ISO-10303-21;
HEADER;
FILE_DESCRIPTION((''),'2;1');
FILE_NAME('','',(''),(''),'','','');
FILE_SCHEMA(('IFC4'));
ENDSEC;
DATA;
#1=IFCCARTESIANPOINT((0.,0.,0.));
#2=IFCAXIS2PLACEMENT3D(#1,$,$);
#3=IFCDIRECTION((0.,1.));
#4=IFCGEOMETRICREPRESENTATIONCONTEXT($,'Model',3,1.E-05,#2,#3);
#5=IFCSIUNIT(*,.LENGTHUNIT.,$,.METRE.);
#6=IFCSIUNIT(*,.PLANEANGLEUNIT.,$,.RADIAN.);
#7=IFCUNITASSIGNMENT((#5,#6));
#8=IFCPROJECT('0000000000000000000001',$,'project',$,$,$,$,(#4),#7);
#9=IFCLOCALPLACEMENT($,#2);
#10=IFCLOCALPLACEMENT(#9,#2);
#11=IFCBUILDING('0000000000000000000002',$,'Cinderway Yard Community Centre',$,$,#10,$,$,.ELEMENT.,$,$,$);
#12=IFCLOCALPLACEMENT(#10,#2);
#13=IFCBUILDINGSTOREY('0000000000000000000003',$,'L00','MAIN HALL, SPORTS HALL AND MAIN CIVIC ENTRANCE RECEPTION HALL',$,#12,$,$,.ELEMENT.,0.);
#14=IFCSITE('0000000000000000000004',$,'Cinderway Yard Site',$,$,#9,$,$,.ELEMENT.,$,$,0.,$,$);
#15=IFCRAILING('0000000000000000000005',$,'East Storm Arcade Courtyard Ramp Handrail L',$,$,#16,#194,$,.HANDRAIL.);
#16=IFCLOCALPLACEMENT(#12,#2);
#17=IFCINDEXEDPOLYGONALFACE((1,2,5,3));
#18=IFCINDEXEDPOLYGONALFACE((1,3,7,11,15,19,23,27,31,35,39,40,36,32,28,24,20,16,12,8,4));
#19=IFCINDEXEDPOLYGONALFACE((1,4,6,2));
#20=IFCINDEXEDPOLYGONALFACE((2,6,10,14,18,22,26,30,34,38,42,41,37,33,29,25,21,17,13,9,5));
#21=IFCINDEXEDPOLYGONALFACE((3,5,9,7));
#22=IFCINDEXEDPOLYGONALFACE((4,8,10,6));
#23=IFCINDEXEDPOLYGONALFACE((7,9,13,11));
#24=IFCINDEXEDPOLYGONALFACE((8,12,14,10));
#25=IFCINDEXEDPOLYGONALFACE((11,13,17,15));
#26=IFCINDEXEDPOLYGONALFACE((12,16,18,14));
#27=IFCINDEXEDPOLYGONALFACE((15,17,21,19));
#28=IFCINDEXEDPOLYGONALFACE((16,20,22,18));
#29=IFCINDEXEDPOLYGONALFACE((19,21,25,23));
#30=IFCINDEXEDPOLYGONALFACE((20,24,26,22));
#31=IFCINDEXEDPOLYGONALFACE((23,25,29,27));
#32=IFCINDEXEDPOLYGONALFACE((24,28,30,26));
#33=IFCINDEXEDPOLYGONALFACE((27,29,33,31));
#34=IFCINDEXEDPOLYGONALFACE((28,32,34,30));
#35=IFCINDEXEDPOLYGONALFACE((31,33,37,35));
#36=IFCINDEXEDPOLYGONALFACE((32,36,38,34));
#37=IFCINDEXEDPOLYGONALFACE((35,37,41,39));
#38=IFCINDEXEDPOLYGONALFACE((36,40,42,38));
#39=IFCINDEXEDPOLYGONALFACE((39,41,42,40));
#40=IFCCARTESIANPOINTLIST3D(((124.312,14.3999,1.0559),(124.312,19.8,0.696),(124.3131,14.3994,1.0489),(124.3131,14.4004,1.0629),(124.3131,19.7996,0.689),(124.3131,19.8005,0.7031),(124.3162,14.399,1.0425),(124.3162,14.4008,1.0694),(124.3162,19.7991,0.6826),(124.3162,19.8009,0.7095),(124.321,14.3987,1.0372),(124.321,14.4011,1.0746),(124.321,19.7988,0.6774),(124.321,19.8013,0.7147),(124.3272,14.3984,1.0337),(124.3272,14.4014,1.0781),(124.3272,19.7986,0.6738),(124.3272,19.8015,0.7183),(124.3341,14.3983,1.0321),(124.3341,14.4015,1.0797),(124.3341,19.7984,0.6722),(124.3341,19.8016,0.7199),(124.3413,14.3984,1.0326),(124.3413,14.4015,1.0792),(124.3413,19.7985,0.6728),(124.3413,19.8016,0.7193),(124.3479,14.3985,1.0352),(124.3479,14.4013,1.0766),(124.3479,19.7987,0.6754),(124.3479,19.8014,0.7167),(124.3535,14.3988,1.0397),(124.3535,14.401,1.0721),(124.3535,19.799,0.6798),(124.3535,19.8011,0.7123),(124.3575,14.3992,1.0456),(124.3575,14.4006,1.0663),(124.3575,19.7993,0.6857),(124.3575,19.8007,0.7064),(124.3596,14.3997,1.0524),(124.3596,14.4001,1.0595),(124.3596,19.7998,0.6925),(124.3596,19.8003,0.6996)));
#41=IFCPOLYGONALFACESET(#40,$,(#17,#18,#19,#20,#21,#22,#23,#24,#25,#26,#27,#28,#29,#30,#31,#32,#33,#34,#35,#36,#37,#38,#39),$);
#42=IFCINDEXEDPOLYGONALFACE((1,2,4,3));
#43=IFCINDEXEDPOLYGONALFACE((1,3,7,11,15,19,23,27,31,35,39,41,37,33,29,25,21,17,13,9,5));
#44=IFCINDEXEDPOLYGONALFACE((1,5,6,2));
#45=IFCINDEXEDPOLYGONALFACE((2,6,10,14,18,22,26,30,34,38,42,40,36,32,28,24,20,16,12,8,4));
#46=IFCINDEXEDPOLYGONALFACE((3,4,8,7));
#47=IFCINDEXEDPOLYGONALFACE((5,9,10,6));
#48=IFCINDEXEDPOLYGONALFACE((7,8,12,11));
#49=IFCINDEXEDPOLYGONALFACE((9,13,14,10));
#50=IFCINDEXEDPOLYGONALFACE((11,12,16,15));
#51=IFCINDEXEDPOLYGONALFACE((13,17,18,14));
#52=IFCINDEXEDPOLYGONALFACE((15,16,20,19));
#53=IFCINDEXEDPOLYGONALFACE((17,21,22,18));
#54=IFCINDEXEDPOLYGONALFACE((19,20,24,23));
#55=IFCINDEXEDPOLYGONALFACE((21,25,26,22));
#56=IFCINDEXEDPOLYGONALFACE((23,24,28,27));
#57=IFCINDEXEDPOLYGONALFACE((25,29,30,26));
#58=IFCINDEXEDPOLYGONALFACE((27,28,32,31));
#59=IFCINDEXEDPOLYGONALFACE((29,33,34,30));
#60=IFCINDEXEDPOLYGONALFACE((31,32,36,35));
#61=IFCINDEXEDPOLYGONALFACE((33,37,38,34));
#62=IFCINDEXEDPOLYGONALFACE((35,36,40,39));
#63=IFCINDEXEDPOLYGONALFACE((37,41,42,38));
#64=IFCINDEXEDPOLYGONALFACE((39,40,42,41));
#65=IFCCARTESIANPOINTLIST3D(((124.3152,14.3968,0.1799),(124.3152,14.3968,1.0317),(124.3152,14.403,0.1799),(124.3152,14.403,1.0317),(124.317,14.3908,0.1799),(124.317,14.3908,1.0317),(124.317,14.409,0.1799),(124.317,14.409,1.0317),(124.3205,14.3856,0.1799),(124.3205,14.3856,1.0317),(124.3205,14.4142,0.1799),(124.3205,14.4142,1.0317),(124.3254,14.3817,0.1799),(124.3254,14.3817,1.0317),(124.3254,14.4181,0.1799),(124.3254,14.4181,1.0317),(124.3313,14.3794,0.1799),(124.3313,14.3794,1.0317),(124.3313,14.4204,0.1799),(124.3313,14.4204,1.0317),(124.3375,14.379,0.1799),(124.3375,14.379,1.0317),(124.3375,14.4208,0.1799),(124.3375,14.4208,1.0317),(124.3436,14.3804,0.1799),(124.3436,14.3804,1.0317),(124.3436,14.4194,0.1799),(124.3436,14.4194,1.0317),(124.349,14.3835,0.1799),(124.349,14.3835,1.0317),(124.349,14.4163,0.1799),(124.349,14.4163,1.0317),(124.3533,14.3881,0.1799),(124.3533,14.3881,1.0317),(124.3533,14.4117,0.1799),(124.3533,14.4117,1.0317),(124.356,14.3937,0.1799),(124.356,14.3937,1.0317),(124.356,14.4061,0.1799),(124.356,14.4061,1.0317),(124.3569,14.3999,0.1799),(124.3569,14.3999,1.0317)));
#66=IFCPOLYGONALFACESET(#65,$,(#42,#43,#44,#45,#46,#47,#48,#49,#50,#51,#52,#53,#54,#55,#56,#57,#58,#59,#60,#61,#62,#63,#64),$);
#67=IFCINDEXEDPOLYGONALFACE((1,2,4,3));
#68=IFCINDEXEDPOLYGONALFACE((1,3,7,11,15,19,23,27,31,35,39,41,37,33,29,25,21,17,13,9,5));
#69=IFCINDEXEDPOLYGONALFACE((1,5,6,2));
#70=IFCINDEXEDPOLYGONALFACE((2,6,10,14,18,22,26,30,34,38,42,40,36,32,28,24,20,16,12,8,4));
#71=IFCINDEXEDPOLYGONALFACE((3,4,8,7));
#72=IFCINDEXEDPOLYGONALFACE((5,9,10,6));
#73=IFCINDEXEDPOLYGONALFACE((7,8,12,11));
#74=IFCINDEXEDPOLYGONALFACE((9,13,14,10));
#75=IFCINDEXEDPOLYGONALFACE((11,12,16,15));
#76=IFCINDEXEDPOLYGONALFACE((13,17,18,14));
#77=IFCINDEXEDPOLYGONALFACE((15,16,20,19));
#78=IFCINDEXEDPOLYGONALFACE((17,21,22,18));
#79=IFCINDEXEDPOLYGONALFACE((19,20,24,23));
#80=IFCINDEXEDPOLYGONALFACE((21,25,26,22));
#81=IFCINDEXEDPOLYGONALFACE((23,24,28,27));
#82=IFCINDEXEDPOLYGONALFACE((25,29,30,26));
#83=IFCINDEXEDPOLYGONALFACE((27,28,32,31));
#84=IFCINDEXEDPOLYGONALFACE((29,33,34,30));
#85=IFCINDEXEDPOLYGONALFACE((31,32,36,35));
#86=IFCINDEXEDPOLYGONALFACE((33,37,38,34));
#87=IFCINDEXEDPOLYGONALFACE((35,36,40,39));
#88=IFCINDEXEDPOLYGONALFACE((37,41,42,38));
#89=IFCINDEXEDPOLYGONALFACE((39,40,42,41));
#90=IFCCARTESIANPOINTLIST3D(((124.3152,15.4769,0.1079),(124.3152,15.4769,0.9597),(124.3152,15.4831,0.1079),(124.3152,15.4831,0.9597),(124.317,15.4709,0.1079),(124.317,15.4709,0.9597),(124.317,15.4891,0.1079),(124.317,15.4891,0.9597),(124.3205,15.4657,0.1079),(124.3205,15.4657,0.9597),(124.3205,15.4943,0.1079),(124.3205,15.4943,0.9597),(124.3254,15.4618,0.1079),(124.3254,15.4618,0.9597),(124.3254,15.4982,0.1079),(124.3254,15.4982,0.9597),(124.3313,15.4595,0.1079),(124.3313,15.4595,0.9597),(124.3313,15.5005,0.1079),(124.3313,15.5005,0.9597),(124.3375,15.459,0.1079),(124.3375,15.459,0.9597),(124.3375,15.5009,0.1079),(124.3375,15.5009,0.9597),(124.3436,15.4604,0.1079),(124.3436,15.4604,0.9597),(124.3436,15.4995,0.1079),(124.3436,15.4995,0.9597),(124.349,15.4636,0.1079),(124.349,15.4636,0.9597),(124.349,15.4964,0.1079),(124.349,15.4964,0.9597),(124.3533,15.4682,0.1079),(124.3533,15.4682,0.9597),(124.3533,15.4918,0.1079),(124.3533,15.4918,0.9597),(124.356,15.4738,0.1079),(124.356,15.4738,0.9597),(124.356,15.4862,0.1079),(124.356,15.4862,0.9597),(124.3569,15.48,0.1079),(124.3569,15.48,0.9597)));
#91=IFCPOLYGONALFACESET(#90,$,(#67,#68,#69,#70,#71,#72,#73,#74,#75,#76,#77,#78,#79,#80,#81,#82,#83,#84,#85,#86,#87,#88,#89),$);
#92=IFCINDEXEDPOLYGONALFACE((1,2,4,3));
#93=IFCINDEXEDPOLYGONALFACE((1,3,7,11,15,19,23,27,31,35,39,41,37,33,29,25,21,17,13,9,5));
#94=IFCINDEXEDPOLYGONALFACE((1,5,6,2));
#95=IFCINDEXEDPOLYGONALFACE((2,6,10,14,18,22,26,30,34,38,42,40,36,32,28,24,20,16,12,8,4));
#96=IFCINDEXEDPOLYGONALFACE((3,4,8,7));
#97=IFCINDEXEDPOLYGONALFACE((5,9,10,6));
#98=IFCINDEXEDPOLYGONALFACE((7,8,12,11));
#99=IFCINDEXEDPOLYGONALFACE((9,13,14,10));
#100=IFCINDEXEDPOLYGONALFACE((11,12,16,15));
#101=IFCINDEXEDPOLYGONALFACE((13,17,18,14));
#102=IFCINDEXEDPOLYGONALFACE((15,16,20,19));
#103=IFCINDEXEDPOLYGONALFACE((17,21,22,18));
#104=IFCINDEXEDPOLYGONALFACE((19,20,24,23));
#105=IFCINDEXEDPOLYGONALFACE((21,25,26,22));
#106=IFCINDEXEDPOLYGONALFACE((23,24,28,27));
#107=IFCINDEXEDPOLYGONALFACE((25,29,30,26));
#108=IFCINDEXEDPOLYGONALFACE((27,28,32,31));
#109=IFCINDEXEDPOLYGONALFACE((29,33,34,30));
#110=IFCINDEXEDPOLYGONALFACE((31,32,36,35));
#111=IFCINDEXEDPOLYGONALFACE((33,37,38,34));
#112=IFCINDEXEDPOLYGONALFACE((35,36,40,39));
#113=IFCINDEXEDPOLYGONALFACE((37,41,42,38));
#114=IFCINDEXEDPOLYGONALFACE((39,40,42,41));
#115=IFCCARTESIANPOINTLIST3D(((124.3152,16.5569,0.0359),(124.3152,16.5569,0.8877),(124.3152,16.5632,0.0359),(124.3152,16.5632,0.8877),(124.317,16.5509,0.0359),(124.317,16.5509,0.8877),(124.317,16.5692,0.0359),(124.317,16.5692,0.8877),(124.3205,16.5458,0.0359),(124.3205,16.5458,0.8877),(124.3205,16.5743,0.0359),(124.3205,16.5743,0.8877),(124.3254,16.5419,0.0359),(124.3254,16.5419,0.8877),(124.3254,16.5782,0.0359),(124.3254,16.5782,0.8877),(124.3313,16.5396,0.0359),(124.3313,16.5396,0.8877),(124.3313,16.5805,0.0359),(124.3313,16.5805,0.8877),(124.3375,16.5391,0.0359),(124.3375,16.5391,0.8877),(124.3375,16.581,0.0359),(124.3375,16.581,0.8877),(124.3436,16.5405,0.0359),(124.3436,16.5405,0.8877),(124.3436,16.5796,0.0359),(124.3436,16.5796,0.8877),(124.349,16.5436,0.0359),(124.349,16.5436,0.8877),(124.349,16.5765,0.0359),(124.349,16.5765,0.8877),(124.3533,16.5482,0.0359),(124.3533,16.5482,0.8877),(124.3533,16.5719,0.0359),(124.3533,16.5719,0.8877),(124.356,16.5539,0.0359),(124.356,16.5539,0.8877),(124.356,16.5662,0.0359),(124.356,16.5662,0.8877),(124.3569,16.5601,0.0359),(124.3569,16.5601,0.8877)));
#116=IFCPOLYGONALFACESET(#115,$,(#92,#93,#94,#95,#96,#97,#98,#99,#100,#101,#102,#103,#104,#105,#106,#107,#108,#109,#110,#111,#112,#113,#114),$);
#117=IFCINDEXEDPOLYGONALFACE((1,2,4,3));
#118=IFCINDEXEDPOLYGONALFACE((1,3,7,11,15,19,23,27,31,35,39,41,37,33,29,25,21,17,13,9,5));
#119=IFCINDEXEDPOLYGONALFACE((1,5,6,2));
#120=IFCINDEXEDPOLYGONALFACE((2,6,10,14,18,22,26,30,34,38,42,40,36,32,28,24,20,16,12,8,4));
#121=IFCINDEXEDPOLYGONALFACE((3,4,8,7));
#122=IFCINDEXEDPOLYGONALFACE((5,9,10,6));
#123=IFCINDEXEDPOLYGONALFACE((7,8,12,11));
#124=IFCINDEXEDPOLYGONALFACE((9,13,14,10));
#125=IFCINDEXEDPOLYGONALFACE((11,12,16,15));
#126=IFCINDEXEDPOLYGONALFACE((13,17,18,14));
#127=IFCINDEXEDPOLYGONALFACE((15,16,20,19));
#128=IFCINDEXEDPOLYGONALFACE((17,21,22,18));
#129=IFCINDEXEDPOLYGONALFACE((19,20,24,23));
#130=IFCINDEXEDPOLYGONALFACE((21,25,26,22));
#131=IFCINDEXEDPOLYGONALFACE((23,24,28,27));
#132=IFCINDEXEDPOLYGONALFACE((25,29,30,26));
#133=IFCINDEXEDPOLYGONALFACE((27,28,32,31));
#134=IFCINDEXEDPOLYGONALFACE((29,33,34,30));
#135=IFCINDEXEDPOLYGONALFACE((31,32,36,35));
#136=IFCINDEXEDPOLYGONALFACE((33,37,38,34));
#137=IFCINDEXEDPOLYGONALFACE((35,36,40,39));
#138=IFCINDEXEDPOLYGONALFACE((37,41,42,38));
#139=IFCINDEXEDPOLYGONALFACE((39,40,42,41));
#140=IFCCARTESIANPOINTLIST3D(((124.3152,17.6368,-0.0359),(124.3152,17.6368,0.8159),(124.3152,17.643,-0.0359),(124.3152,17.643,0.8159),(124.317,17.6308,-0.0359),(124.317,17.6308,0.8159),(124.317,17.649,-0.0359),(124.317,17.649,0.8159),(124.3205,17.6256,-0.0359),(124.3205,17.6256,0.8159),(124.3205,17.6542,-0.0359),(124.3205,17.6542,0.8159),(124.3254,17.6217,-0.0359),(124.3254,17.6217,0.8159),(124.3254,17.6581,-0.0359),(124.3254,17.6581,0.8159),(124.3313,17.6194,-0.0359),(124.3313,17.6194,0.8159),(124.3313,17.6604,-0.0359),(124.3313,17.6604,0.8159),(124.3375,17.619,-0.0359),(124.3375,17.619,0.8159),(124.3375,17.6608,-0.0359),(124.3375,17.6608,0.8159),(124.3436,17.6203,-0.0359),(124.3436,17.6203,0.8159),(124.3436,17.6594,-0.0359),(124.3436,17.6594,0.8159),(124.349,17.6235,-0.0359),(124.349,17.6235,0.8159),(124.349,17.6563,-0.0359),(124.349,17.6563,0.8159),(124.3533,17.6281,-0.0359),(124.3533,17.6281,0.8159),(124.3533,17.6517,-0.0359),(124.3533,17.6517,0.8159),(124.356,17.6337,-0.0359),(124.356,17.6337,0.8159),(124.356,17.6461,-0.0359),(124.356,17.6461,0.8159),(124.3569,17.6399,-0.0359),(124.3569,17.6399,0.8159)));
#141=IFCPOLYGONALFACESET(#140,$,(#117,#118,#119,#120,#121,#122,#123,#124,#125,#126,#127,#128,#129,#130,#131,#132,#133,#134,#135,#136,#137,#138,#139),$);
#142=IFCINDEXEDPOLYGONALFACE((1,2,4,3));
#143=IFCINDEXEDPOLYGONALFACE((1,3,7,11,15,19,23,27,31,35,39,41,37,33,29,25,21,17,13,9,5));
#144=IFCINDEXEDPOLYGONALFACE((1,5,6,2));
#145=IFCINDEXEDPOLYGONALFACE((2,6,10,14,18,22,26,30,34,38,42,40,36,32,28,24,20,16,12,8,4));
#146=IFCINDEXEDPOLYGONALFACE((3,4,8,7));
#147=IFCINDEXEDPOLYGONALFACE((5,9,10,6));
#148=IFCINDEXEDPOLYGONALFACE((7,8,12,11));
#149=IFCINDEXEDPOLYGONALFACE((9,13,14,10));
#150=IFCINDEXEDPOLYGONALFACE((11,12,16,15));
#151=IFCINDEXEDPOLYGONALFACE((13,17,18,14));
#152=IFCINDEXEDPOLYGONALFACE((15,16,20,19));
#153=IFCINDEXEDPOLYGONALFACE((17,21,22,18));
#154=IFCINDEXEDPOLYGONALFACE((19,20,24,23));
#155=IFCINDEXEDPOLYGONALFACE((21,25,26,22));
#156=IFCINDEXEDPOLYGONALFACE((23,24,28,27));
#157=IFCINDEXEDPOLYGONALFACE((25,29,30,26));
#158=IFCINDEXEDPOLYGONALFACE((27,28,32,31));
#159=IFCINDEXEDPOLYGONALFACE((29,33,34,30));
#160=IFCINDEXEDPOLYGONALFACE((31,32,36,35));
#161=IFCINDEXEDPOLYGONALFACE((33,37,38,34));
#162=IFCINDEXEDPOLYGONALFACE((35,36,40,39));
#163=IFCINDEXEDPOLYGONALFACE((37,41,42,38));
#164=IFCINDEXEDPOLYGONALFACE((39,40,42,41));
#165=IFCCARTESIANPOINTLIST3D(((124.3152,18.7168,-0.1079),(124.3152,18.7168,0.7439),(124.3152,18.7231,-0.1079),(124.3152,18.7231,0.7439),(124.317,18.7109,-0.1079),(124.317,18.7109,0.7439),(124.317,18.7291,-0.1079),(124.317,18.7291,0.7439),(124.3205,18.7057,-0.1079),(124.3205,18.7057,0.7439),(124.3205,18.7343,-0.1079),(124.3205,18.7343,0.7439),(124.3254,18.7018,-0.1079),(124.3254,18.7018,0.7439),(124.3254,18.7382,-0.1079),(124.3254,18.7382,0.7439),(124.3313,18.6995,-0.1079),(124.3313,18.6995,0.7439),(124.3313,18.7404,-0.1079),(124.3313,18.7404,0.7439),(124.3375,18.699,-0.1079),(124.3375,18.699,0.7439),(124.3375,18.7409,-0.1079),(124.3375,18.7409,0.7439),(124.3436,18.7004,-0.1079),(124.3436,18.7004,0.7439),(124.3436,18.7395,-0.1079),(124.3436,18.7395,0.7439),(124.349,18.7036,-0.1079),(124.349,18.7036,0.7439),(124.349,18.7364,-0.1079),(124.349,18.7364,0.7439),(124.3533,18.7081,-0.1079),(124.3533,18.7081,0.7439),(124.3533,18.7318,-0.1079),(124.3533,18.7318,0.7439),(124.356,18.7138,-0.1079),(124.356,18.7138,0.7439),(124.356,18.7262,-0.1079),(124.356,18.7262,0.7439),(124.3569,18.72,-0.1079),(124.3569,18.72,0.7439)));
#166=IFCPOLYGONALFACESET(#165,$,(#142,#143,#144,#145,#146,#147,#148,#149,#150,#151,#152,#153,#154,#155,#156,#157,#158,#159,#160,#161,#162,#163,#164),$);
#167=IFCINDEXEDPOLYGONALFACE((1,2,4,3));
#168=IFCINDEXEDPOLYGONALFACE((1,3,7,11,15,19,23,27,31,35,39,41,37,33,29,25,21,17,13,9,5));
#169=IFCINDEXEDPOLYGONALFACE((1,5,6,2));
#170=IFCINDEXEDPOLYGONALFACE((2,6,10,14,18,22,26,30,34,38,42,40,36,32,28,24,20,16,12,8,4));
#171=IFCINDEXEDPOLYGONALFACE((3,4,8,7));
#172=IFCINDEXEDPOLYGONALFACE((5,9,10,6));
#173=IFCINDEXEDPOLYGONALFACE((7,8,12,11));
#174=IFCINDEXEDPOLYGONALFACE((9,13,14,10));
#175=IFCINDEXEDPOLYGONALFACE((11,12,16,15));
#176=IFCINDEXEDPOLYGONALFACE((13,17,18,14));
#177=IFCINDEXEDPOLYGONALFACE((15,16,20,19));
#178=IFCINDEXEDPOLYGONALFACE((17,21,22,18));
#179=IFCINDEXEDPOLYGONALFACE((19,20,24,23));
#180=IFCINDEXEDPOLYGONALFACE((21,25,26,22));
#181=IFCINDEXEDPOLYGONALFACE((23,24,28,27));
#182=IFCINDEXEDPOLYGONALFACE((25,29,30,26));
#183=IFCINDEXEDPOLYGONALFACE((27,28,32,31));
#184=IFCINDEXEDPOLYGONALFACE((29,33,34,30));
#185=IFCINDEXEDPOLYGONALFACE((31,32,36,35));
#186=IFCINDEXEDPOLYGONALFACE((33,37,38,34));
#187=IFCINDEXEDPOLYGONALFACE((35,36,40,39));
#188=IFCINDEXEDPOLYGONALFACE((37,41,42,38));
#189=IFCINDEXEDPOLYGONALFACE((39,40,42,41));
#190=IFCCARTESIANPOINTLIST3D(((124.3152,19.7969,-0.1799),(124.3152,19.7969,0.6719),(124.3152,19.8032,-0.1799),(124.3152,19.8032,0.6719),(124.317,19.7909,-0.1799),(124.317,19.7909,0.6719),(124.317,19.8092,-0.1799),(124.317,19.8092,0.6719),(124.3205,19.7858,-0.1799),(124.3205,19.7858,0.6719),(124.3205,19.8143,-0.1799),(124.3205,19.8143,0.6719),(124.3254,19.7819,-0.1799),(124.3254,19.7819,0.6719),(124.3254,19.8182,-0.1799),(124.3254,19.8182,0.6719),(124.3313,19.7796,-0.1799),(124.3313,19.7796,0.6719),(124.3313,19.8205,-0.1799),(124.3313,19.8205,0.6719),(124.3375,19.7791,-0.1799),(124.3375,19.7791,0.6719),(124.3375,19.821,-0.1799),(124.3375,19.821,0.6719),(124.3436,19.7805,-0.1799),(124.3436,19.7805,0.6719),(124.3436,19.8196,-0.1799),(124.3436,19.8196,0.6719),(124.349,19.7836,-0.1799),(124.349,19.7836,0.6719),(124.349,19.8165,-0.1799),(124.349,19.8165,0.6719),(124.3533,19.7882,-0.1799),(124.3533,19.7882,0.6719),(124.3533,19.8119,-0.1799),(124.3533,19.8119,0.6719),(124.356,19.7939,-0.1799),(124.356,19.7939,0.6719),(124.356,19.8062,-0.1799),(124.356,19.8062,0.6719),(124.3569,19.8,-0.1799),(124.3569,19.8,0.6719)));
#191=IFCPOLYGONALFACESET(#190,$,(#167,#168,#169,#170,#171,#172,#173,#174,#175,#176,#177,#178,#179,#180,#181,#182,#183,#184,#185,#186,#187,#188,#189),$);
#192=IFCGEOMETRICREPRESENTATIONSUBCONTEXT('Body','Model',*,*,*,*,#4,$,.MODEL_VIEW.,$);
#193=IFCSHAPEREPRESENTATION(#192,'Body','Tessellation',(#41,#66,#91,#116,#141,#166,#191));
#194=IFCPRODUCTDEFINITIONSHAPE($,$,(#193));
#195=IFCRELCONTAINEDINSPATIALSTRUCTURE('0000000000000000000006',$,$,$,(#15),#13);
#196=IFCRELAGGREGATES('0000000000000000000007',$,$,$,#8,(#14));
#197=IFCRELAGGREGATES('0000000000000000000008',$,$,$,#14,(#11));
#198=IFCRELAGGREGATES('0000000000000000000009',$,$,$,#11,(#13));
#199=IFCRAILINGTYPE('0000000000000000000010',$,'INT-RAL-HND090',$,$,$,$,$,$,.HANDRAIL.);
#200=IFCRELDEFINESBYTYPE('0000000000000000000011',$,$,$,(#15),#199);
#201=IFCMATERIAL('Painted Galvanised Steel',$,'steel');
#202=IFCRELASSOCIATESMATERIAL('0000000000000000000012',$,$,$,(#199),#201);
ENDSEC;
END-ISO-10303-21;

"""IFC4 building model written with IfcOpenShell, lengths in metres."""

from ifc_helpers import new_model, si_unit, direction, frame, origin, origin_2d, place, context, subcontext, project, spatial, circle, extrude, material, type_object, element, save


model = new_model("IFC4")

# Units and contexts
model_context = context("Model", 3, precision=1e-05, world=origin(), true_north=direction((0.0, 1.0)))
body_context = subcontext(model_context, "Body", "Model", "MODEL_VIEW")
ifc_project = project(units=[si_unit("LENGTHUNIT", "METRE"), si_unit("PLANEANGLEUNIT", "RADIAN")], contexts=[model_context])

# Site, building, storey
site_placement = place(None, origin())
site = spatial("IfcSite", under=ifc_project, at=site_placement, Name="Cinderway Yard Site", CompositionType="ELEMENT", RefElevation=0.0)
building_placement = place(site_placement, origin())
building = spatial("IfcBuilding", under=site, at=building_placement, Name="Cinderway Yard Community Centre", CompositionType="ELEMENT")
storey_placement = place(building_placement, origin())
storey = spatial("IfcBuildingStorey", under=building, at=storey_placement, Name="L00", Description="MAIN HALL, SPORTS HALL AND MAIN CIVIC ENTRANCE RECEPTION HALL", CompositionType="ELEMENT", Elevation=0.0)

# Railing
ifc_material_1 = material(Name="Painted Galvanised Steel", Category="steel")
railing_type = type_object("IfcRailingType", Name="INT-RAL-HND090", PredefinedType="HANDRAIL", material=ifc_material_1)
for number, where, name in (
    (1, (124.3359, 14.3999, 0.1799), "East Storm Arcade Courtyard Ramp Handrail L"),
):
    element("IfcRailing", number, at=place(storey_placement, frame(where)), inside=storey, type_object=railing_type, Name=name, PredefinedType="HANDRAIL", context=body_context, shape_type="SweptSolid", body=[
        extrude(circle(Radius=0.0239, at=origin_2d()), frame((0.0, 0.0, 0.876), z_axis=(0.0, 0.997787, -0.066492), x_axis=(-1.0, 0.0, 0.0)), (0.0, 0.0, 1.0), 5.4121),
        extrude(circle(Radius=0.021, at=origin_2d()), origin(), (0.0, 0.0, 1.0), 0.8518),
        extrude(circle(Radius=0.021, at=origin_2d()), frame((0.0, 1.0801, -0.072)), (0.0, 0.0, 1.0), 0.8518),
        extrude(circle(Radius=0.021, at=origin_2d()), frame((0.0, 2.1602, -0.144)), (0.0, 0.0, 1.0), 0.8518),
        extrude(circle(Radius=0.021, at=origin_2d()), frame((0.0, 3.24, -0.2158)), (0.0, 0.0, 1.0), 0.8518),
        extrude(circle(Radius=0.021, at=origin_2d()), frame((0.0, 4.3201, -0.2878)), (0.0, 0.0, 1.0), 0.8518),
        extrude(circle(Radius=0.021, at=origin_2d()), frame((0.0, 5.4001, -0.3599)), (0.0, 0.0, 1.0), 0.8518),
    ])

save(model, "model.ifc")
